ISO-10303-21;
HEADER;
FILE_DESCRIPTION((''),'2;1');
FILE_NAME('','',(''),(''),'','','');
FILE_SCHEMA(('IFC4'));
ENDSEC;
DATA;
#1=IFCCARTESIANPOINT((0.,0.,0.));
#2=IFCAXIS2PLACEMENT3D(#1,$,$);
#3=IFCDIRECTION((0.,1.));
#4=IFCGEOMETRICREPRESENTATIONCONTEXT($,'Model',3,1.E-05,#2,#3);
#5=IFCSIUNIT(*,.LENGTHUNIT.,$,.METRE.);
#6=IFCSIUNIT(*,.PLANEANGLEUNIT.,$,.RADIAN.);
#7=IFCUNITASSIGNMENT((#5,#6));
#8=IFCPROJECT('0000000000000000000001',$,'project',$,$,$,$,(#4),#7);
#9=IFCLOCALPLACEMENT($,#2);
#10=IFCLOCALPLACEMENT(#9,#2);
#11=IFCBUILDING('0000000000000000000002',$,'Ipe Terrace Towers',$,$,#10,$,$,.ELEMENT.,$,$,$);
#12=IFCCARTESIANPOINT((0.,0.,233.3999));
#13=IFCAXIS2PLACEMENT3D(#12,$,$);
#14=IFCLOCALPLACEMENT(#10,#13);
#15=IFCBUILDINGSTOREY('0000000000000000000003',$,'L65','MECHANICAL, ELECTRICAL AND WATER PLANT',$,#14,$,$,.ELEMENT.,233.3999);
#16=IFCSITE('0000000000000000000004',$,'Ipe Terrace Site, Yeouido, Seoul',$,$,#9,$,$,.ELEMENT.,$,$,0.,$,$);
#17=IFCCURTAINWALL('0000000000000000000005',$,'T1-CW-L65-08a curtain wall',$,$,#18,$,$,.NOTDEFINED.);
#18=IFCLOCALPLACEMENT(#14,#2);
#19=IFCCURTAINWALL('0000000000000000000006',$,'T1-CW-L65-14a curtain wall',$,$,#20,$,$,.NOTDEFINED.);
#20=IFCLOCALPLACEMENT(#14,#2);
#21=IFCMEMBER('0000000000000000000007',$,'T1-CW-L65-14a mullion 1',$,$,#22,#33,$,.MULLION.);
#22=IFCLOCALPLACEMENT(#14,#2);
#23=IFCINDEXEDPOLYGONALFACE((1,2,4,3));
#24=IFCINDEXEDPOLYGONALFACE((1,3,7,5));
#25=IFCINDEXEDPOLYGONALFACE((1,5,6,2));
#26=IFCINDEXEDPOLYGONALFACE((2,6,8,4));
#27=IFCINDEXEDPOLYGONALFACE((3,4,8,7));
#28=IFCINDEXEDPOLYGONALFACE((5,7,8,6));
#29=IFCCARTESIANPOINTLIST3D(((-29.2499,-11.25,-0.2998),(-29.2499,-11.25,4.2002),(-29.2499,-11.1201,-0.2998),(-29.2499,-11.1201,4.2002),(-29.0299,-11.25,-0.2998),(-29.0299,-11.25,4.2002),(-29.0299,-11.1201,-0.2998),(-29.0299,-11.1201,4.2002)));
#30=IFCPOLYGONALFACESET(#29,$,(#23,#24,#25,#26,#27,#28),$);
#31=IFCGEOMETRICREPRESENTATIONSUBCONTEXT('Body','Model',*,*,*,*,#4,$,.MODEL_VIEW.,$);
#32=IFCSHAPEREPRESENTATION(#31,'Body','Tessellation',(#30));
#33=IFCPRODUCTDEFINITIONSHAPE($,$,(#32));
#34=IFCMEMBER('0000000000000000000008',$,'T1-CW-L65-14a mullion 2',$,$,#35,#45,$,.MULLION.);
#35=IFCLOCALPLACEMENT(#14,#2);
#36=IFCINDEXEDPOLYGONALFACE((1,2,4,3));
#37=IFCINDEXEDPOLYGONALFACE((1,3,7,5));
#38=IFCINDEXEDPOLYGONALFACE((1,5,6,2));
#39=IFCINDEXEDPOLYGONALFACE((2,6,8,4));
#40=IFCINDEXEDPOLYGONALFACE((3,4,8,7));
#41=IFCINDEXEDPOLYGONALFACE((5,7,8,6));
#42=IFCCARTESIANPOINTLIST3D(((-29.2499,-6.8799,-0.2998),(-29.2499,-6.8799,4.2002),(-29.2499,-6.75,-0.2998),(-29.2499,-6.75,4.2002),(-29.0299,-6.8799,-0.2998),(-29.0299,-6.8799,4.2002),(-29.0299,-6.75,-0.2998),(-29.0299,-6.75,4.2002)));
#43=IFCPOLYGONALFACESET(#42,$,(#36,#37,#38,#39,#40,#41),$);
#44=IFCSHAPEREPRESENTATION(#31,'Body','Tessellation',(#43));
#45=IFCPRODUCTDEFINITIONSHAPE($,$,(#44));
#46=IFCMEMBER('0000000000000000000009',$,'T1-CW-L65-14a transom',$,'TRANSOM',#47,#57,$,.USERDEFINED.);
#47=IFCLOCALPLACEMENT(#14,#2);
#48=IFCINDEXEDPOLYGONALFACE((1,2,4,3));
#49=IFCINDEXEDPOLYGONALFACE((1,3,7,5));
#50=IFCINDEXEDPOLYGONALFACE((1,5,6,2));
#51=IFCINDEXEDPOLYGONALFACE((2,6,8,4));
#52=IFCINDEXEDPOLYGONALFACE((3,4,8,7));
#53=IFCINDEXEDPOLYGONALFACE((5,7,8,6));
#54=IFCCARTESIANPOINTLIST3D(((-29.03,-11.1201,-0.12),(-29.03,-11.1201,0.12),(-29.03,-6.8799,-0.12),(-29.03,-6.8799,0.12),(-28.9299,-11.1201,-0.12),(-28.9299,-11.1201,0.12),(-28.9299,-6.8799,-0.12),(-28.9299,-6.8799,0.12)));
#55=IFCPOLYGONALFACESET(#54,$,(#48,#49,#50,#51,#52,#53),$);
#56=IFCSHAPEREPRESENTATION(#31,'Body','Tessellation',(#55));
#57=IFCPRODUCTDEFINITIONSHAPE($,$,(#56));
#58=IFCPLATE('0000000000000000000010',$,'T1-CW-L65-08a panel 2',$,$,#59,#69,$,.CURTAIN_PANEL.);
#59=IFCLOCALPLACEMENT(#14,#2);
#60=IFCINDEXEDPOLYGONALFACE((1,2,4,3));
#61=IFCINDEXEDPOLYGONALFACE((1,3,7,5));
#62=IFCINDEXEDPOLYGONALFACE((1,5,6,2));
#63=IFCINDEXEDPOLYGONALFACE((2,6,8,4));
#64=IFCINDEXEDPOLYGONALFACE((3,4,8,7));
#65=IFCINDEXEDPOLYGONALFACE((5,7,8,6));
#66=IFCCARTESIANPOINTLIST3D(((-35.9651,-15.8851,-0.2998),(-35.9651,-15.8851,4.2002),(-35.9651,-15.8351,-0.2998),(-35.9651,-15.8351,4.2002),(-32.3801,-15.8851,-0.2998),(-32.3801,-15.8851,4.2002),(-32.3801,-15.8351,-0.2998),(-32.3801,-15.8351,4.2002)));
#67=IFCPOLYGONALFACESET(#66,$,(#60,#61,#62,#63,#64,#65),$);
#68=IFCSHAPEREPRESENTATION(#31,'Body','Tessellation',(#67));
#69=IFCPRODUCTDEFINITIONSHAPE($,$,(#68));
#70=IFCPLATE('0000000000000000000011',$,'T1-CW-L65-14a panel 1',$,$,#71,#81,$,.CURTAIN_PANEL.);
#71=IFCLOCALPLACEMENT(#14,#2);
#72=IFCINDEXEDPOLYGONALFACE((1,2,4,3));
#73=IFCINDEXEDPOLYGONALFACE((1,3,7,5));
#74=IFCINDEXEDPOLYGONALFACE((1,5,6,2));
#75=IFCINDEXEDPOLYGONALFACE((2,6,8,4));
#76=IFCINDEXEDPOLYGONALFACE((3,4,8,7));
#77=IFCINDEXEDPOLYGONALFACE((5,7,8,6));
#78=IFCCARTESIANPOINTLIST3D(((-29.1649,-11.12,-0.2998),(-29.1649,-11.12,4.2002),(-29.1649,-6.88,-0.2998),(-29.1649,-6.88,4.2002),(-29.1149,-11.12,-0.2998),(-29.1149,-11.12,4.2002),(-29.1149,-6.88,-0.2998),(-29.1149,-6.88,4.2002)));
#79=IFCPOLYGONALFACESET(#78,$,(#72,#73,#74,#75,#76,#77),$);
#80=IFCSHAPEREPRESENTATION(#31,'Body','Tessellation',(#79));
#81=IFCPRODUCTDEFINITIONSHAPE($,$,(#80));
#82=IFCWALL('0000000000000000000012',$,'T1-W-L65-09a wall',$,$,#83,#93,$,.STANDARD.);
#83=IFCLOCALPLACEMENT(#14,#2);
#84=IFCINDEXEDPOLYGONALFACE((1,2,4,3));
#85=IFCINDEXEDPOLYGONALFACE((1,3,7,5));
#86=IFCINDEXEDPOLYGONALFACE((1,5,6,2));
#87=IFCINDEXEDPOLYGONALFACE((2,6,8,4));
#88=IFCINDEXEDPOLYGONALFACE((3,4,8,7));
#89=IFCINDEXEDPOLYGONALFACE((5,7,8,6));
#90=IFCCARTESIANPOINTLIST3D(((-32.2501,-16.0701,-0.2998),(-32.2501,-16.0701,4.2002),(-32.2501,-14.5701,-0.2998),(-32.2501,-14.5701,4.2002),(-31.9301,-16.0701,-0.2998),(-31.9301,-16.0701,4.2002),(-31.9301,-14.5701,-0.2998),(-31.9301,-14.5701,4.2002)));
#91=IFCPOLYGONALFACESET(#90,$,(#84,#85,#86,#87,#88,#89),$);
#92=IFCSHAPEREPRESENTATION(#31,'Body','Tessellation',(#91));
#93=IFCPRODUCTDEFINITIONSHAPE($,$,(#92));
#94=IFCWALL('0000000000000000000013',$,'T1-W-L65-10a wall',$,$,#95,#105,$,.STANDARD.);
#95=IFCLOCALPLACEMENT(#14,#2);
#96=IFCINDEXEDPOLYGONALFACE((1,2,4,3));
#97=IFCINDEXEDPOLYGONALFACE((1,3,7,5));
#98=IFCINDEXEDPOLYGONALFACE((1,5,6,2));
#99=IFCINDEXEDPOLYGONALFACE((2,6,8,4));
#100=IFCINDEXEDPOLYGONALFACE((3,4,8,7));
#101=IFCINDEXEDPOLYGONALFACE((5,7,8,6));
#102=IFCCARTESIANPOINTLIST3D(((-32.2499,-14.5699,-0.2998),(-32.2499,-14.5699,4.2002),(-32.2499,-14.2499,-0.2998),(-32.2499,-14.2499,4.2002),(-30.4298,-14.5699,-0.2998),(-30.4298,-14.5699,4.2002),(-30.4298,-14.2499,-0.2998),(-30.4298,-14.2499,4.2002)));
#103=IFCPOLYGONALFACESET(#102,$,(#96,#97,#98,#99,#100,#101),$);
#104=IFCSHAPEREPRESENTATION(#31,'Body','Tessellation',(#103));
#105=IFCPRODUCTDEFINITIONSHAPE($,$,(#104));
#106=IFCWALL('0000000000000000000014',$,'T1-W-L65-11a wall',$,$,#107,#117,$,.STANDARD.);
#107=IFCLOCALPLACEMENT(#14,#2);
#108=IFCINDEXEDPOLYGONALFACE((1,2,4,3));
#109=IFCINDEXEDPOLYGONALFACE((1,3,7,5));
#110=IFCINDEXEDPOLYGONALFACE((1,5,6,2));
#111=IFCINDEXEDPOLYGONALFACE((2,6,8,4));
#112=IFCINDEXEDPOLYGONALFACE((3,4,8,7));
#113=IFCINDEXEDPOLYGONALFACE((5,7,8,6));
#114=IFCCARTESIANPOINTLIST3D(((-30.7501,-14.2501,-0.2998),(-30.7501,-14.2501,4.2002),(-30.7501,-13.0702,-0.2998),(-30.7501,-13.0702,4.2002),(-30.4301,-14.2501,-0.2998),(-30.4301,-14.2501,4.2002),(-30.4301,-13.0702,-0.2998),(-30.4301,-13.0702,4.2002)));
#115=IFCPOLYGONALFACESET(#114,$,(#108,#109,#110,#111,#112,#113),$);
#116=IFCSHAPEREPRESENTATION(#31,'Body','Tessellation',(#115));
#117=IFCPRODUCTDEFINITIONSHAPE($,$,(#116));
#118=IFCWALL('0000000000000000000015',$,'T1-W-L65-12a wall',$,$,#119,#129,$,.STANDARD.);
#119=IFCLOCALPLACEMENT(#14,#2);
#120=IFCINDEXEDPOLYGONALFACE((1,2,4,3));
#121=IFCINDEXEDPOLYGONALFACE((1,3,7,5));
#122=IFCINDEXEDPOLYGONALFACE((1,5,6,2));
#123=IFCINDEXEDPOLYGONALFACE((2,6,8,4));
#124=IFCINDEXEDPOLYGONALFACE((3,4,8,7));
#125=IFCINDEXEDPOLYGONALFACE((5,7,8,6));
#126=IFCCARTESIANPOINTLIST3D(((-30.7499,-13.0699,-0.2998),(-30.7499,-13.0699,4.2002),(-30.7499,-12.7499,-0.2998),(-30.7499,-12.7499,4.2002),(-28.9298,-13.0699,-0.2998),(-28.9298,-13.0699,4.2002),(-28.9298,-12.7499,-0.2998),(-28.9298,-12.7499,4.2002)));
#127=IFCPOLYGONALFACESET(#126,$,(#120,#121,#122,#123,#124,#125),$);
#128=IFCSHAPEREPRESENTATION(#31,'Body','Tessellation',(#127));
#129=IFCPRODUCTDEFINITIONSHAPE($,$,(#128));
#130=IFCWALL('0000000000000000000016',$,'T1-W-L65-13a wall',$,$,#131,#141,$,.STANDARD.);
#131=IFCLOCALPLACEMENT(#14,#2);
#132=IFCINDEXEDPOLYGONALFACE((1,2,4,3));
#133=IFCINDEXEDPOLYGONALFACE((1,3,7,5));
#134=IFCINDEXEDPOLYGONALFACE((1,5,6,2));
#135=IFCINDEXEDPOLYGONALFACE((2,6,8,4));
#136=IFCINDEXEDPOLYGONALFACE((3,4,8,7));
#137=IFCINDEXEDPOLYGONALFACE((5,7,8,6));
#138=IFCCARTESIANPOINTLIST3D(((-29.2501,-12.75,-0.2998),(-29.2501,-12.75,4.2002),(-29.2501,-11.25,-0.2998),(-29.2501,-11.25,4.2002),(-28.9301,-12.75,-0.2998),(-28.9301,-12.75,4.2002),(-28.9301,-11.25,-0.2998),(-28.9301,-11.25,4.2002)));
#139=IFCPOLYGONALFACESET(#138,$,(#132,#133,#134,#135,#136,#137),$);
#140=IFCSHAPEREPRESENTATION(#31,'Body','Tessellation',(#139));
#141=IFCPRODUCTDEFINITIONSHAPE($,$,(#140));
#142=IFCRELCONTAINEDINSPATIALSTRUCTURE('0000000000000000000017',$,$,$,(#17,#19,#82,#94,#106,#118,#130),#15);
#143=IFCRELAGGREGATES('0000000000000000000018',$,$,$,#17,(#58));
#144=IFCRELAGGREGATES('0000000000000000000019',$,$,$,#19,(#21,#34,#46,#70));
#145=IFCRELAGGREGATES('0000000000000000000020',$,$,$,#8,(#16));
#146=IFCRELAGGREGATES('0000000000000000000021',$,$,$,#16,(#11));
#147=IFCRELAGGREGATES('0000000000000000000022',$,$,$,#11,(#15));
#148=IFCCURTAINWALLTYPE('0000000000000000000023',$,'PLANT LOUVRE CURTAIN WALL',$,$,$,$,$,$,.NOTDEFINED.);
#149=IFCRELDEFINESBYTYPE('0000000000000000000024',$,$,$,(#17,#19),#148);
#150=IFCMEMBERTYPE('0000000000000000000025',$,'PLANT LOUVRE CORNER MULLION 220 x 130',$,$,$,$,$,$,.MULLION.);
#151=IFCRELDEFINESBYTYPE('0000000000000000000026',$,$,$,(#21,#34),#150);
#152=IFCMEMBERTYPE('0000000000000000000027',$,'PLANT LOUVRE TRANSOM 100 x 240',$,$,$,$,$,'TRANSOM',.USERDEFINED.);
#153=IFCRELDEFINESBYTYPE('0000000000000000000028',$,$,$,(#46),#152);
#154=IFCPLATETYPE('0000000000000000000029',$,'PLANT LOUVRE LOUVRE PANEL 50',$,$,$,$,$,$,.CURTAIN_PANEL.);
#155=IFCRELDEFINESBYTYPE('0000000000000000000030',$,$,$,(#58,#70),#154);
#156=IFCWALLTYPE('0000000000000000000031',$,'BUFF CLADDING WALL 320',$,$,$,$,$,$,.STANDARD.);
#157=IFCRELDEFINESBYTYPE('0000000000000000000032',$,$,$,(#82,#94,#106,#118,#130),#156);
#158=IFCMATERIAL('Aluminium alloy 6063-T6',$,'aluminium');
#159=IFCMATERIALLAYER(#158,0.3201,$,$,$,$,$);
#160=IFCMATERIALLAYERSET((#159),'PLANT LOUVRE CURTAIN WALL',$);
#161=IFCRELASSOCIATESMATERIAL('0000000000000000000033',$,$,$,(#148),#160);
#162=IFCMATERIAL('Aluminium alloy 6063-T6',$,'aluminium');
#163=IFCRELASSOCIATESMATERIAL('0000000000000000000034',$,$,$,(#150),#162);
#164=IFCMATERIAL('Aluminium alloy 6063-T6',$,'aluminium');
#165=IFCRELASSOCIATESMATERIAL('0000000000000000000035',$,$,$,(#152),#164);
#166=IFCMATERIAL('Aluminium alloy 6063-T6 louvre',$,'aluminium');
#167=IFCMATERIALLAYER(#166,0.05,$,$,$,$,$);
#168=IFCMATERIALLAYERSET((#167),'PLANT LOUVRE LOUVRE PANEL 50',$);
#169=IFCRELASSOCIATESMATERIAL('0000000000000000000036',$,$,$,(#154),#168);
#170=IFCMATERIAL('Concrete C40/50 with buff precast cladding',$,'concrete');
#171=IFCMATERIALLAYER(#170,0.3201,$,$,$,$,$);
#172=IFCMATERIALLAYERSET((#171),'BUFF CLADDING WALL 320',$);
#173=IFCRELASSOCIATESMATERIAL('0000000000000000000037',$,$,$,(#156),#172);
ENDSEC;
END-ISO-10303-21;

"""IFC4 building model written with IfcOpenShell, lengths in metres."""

from ifc_helpers import new_model, si_unit, direction, frame, frame_2d, origin, origin_2d, place, context, subcontext, project, spatial, rectangle, extrude, material, layer, layer_set, material_profile, profile_set, type_object, element, aggregate, save


model = new_model("IFC4")

# Units and contexts
model_context = context("Model", 3, precision=1e-05, world=origin(), true_north=direction((0.0, 1.0)))
body_context = subcontext(model_context, "Body", "Model", "MODEL_VIEW")
ifc_project = project(units=[si_unit("LENGTHUNIT", "METRE"), si_unit("PLANEANGLEUNIT", "RADIAN")], contexts=[model_context])

# Site, building, storey
site_placement = place(None, origin())
site = spatial("IfcSite", under=ifc_project, at=site_placement, Name="Ipe Terrace Site, Yeouido, Seoul", CompositionType="ELEMENT", RefElevation=0.0)
building_placement = place(site_placement, origin())
building = spatial("IfcBuilding", under=site, at=building_placement, Name="Ipe Terrace Towers", CompositionType="ELEMENT")
storey_placement = place(building_placement, frame((0.0, 0.0, 233.3999)))
storey = spatial("IfcBuildingStorey", under=building, at=storey_placement, Name="L65", Description="MECHANICAL, ELECTRICAL AND WATER PLANT", CompositionType="ELEMENT", Elevation=233.3999)

# Curtain wall
ifc_material_1 = material(Name="Aluminium alloy 6063-T6", Category="aluminium")
ifc_layer_1 = layer(ifc_material_1, 0.3201)
ifc_layer_set_1 = layer_set([ifc_layer_1], Name="PLANT LOUVRE CURTAIN WALL")
curtain_wall_type = type_object("IfcCurtainWallType", Name="PLANT LOUVRE CURTAIN WALL", PredefinedType="NOTDEFINED", material=ifc_layer_set_1)
curtain_wall_1_placement = place(storey_placement, origin())
curtain_wall_1 = element("IfcCurtainWall", 1, at=curtain_wall_1_placement, inside=storey, type_object=curtain_wall_type, Name="T1-CW-L65-08a curtain wall", PredefinedType="NOTDEFINED")
ifc_material_2 = material(Name="Aluminium alloy 6063-T6", Category="aluminium")
ifc_material_profile_1 = material_profile(ifc_material_2, rectangle(XDim=0.22, YDim=0.1299, at=origin_2d()), Name="PLANT LOUVRE CORNER MULLION 220 x 130")
ifc_profile_set_1 = profile_set([ifc_material_profile_1], Name="Aluminium alloy 6063-T6")
member_type_1 = type_object("IfcMemberType", Name="PLANT LOUVRE CORNER MULLION 220 x 130", PredefinedType="MULLION", material=ifc_profile_set_1)

# Curtain wall, members
curtain_wall_2_placement = place(storey_placement, origin())
curtain_wall_2 = element("IfcCurtainWall", 2, at=curtain_wall_2_placement, inside=storey, type_object=curtain_wall_type, Name="T1-CW-L65-14a curtain wall", PredefinedType="NOTDEFINED")
member_1_placement = place(storey_placement, frame((-29.1399, -11.1851, -0.2998), z_axis=(0.0, 0.0, 1.0), x_axis=(1.0, 0.0, 0.0)))
member_1 = element("IfcMember", 3, at=member_1_placement, type_object=member_type_1, Name="T1-CW-L65-14a mullion 1", PredefinedType="MULLION", context=body_context, shape_type="SweptSolid", body=[
    extrude(rectangle(XDim=0.22, YDim=0.1299, at=origin_2d()), origin(), (0.0, 0.0, 1.0), 4.5),
])
member_2_placement = place(storey_placement, frame((-29.1399, -6.8149, -0.2998), z_axis=(0.0, 0.0, 1.0), x_axis=(1.0, 0.0, 0.0)))
member_2 = element("IfcMember", 4, at=member_2_placement, type_object=member_type_1, Name="T1-CW-L65-14a mullion 2", PredefinedType="MULLION", context=body_context, shape_type="SweptSolid", body=[
    extrude(rectangle(XDim=0.22, YDim=0.1299, at=origin_2d()), origin(), (0.0, 0.0, 1.0), 4.5),
])
ifc_material_3 = material(Name="Aluminium alloy 6063-T6", Category="aluminium")
ifc_material_profile_2 = material_profile(ifc_material_3, rectangle(XDim=0.1001, YDim=0.24, at=origin_2d()), Name="PLANT LOUVRE TRANSOM 100 x 240")
ifc_profile_set_2 = profile_set([ifc_material_profile_2], Name="Aluminium alloy 6063-T6")
member_type_2 = type_object("IfcMemberType", Name="PLANT LOUVRE TRANSOM 100 x 240", ElementType="TRANSOM", PredefinedType="USERDEFINED", material=ifc_profile_set_2)
member_3_placement = place(storey_placement, frame((-28.98, -11.1201, 0.0), z_axis=(0.0, 1.0, 0.0), x_axis=(1.0, 0.0, 0.0)))
member_3 = element("IfcMember", 5, at=member_3_placement, type_object=member_type_2, Name="T1-CW-L65-14a transom", ObjectType="TRANSOM", PredefinedType="USERDEFINED", context=body_context, shape_type="SweptSolid", body=[
    extrude(rectangle(XDim=0.1001, YDim=0.24, at=origin_2d()), origin(), (0.0, 0.0, 1.0), 4.2402),
])

# Plates
ifc_material_4 = material(Name="Aluminium alloy 6063-T6 louvre", Category="aluminium")
ifc_layer_2 = layer(ifc_material_4, 0.05)
ifc_layer_set_2 = layer_set([ifc_layer_2], Name="PLANT LOUVRE LOUVRE PANEL 50")
plate_type = type_object("IfcPlateType", Name="PLANT LOUVRE LOUVRE PANEL 50", PredefinedType="CURTAIN_PANEL", material=ifc_layer_set_2)
plate_1_placement = place(storey_placement, frame((-34.1726, -15.8601, -0.2998), z_axis=(0.0, 0.0, 1.0), x_axis=(1.0, 0.0, 0.0)))
plate_1 = element("IfcPlate", 6, at=plate_1_placement, type_object=plate_type, Name="T1-CW-L65-08a panel 2", PredefinedType="CURTAIN_PANEL", context=body_context, shape_type="SweptSolid", body=[
    extrude(rectangle(XDim=3.585, YDim=0.05, at=origin_2d()), origin(), (0.0, 0.0, 1.0), 4.5),
])
aggregate(curtain_wall_1, [plate_1])
plate_2_placement = place(storey_placement, frame((-29.1399, -9.0, -0.2998), z_axis=(0.0, 0.0, 1.0), x_axis=(0.0, 1.0, 0.0)))
plate_2 = element("IfcPlate", 7, at=plate_2_placement, type_object=plate_type, Name="T1-CW-L65-14a panel 1", PredefinedType="CURTAIN_PANEL", context=body_context, shape_type="SweptSolid", body=[
    extrude(rectangle(XDim=4.24, YDim=0.05, at=origin_2d()), origin(), (0.0, 0.0, 1.0), 4.5),
])
aggregate(curtain_wall_2, [member_1, member_2, member_3, plate_2])

# Walls
ifc_material_5 = material(Name="Concrete C40/50 with buff precast cladding", Category="concrete")
ifc_layer_3 = layer(ifc_material_5, 0.3201)
ifc_layer_set_3 = layer_set([ifc_layer_3], Name="BUFF CLADDING WALL 320")
wall_type_1 = type_object("IfcWallType", Name="BUFF CLADDING WALL 320", PredefinedType="STANDARD", material=ifc_layer_set_3)
wall_1_placement = place(storey_placement, frame((-32.0901, -16.0701, -0.2998), z_axis=(0.0, 0.0, 1.0), x_axis=(0.0, 1.0, 0.0)))
element("IfcWall", 8, at=wall_1_placement, inside=storey, type_object=wall_type_1, Name="T1-W-L65-09a wall", PredefinedType="STANDARD", context=body_context, shape_type="SweptSolid", body=[
    extrude(rectangle(XDim=1.5, YDim=0.3201, at=frame_2d((0.75, 0.0))), origin(), (0.0, 0.0, 1.0), 4.5),
])
wall_2_placement = place(storey_placement, frame((-32.25, -14.4099, -0.2998), z_axis=(0.0, 0.0, 1.0), x_axis=(1.0, 0.0, 0.0)))
element("IfcWall", 9, at=wall_2_placement, inside=storey, type_object=wall_type_1, Name="T1-W-L65-10a wall", PredefinedType="STANDARD", context=body_context, shape_type="SweptSolid", body=[
    extrude(rectangle(XDim=1.8201, YDim=0.3201, at=frame_2d((0.9102, 0.0))), origin(), (0.0, 0.0, 1.0), 4.5),
])
wall_3_placement = place(storey_placement, frame((-30.5901, -14.25, -0.2998), z_axis=(0.0, 0.0, 1.0), x_axis=(0.0, 1.0, 0.0)))
element("IfcWall", 10, at=wall_3_placement, inside=storey, type_object=wall_type_1, Name="T1-W-L65-11a wall", PredefinedType="STANDARD", context=body_context, shape_type="SweptSolid", body=[
    extrude(rectangle(XDim=1.1799, YDim=0.3201, at=frame_2d((0.5898, 0.0))), origin(), (0.0, 0.0, 1.0), 4.5),
])
wall_4_placement = place(storey_placement, frame((-30.75, -12.9099, -0.2998), z_axis=(0.0, 0.0, 1.0), x_axis=(1.0, 0.0, 0.0)))
element("IfcWall", 11, at=wall_4_placement, inside=storey, type_object=wall_type_1, Name="T1-W-L65-12a wall", PredefinedType="STANDARD", context=body_context, shape_type="SweptSolid", body=[
    extrude(rectangle(XDim=1.8201, YDim=0.3201, at=frame_2d((0.9102, 0.0))), origin(), (0.0, 0.0, 1.0), 4.5),
])
wall_5_placement = place(storey_placement, frame((-29.0901, -12.75, -0.2998), z_axis=(0.0, 0.0, 1.0), x_axis=(0.0, 1.0, 0.0)))
element("IfcWall", 12, at=wall_5_placement, inside=storey, type_object=wall_type_1, Name="T1-W-L65-13a wall", PredefinedType="STANDARD", context=body_context, shape_type="SweptSolid", body=[
    extrude(rectangle(XDim=1.5, YDim=0.3201, at=frame_2d((0.75, 0.0))), origin(), (0.0, 0.0, 1.0), 4.5),
])

save(model, "model.ifc")
